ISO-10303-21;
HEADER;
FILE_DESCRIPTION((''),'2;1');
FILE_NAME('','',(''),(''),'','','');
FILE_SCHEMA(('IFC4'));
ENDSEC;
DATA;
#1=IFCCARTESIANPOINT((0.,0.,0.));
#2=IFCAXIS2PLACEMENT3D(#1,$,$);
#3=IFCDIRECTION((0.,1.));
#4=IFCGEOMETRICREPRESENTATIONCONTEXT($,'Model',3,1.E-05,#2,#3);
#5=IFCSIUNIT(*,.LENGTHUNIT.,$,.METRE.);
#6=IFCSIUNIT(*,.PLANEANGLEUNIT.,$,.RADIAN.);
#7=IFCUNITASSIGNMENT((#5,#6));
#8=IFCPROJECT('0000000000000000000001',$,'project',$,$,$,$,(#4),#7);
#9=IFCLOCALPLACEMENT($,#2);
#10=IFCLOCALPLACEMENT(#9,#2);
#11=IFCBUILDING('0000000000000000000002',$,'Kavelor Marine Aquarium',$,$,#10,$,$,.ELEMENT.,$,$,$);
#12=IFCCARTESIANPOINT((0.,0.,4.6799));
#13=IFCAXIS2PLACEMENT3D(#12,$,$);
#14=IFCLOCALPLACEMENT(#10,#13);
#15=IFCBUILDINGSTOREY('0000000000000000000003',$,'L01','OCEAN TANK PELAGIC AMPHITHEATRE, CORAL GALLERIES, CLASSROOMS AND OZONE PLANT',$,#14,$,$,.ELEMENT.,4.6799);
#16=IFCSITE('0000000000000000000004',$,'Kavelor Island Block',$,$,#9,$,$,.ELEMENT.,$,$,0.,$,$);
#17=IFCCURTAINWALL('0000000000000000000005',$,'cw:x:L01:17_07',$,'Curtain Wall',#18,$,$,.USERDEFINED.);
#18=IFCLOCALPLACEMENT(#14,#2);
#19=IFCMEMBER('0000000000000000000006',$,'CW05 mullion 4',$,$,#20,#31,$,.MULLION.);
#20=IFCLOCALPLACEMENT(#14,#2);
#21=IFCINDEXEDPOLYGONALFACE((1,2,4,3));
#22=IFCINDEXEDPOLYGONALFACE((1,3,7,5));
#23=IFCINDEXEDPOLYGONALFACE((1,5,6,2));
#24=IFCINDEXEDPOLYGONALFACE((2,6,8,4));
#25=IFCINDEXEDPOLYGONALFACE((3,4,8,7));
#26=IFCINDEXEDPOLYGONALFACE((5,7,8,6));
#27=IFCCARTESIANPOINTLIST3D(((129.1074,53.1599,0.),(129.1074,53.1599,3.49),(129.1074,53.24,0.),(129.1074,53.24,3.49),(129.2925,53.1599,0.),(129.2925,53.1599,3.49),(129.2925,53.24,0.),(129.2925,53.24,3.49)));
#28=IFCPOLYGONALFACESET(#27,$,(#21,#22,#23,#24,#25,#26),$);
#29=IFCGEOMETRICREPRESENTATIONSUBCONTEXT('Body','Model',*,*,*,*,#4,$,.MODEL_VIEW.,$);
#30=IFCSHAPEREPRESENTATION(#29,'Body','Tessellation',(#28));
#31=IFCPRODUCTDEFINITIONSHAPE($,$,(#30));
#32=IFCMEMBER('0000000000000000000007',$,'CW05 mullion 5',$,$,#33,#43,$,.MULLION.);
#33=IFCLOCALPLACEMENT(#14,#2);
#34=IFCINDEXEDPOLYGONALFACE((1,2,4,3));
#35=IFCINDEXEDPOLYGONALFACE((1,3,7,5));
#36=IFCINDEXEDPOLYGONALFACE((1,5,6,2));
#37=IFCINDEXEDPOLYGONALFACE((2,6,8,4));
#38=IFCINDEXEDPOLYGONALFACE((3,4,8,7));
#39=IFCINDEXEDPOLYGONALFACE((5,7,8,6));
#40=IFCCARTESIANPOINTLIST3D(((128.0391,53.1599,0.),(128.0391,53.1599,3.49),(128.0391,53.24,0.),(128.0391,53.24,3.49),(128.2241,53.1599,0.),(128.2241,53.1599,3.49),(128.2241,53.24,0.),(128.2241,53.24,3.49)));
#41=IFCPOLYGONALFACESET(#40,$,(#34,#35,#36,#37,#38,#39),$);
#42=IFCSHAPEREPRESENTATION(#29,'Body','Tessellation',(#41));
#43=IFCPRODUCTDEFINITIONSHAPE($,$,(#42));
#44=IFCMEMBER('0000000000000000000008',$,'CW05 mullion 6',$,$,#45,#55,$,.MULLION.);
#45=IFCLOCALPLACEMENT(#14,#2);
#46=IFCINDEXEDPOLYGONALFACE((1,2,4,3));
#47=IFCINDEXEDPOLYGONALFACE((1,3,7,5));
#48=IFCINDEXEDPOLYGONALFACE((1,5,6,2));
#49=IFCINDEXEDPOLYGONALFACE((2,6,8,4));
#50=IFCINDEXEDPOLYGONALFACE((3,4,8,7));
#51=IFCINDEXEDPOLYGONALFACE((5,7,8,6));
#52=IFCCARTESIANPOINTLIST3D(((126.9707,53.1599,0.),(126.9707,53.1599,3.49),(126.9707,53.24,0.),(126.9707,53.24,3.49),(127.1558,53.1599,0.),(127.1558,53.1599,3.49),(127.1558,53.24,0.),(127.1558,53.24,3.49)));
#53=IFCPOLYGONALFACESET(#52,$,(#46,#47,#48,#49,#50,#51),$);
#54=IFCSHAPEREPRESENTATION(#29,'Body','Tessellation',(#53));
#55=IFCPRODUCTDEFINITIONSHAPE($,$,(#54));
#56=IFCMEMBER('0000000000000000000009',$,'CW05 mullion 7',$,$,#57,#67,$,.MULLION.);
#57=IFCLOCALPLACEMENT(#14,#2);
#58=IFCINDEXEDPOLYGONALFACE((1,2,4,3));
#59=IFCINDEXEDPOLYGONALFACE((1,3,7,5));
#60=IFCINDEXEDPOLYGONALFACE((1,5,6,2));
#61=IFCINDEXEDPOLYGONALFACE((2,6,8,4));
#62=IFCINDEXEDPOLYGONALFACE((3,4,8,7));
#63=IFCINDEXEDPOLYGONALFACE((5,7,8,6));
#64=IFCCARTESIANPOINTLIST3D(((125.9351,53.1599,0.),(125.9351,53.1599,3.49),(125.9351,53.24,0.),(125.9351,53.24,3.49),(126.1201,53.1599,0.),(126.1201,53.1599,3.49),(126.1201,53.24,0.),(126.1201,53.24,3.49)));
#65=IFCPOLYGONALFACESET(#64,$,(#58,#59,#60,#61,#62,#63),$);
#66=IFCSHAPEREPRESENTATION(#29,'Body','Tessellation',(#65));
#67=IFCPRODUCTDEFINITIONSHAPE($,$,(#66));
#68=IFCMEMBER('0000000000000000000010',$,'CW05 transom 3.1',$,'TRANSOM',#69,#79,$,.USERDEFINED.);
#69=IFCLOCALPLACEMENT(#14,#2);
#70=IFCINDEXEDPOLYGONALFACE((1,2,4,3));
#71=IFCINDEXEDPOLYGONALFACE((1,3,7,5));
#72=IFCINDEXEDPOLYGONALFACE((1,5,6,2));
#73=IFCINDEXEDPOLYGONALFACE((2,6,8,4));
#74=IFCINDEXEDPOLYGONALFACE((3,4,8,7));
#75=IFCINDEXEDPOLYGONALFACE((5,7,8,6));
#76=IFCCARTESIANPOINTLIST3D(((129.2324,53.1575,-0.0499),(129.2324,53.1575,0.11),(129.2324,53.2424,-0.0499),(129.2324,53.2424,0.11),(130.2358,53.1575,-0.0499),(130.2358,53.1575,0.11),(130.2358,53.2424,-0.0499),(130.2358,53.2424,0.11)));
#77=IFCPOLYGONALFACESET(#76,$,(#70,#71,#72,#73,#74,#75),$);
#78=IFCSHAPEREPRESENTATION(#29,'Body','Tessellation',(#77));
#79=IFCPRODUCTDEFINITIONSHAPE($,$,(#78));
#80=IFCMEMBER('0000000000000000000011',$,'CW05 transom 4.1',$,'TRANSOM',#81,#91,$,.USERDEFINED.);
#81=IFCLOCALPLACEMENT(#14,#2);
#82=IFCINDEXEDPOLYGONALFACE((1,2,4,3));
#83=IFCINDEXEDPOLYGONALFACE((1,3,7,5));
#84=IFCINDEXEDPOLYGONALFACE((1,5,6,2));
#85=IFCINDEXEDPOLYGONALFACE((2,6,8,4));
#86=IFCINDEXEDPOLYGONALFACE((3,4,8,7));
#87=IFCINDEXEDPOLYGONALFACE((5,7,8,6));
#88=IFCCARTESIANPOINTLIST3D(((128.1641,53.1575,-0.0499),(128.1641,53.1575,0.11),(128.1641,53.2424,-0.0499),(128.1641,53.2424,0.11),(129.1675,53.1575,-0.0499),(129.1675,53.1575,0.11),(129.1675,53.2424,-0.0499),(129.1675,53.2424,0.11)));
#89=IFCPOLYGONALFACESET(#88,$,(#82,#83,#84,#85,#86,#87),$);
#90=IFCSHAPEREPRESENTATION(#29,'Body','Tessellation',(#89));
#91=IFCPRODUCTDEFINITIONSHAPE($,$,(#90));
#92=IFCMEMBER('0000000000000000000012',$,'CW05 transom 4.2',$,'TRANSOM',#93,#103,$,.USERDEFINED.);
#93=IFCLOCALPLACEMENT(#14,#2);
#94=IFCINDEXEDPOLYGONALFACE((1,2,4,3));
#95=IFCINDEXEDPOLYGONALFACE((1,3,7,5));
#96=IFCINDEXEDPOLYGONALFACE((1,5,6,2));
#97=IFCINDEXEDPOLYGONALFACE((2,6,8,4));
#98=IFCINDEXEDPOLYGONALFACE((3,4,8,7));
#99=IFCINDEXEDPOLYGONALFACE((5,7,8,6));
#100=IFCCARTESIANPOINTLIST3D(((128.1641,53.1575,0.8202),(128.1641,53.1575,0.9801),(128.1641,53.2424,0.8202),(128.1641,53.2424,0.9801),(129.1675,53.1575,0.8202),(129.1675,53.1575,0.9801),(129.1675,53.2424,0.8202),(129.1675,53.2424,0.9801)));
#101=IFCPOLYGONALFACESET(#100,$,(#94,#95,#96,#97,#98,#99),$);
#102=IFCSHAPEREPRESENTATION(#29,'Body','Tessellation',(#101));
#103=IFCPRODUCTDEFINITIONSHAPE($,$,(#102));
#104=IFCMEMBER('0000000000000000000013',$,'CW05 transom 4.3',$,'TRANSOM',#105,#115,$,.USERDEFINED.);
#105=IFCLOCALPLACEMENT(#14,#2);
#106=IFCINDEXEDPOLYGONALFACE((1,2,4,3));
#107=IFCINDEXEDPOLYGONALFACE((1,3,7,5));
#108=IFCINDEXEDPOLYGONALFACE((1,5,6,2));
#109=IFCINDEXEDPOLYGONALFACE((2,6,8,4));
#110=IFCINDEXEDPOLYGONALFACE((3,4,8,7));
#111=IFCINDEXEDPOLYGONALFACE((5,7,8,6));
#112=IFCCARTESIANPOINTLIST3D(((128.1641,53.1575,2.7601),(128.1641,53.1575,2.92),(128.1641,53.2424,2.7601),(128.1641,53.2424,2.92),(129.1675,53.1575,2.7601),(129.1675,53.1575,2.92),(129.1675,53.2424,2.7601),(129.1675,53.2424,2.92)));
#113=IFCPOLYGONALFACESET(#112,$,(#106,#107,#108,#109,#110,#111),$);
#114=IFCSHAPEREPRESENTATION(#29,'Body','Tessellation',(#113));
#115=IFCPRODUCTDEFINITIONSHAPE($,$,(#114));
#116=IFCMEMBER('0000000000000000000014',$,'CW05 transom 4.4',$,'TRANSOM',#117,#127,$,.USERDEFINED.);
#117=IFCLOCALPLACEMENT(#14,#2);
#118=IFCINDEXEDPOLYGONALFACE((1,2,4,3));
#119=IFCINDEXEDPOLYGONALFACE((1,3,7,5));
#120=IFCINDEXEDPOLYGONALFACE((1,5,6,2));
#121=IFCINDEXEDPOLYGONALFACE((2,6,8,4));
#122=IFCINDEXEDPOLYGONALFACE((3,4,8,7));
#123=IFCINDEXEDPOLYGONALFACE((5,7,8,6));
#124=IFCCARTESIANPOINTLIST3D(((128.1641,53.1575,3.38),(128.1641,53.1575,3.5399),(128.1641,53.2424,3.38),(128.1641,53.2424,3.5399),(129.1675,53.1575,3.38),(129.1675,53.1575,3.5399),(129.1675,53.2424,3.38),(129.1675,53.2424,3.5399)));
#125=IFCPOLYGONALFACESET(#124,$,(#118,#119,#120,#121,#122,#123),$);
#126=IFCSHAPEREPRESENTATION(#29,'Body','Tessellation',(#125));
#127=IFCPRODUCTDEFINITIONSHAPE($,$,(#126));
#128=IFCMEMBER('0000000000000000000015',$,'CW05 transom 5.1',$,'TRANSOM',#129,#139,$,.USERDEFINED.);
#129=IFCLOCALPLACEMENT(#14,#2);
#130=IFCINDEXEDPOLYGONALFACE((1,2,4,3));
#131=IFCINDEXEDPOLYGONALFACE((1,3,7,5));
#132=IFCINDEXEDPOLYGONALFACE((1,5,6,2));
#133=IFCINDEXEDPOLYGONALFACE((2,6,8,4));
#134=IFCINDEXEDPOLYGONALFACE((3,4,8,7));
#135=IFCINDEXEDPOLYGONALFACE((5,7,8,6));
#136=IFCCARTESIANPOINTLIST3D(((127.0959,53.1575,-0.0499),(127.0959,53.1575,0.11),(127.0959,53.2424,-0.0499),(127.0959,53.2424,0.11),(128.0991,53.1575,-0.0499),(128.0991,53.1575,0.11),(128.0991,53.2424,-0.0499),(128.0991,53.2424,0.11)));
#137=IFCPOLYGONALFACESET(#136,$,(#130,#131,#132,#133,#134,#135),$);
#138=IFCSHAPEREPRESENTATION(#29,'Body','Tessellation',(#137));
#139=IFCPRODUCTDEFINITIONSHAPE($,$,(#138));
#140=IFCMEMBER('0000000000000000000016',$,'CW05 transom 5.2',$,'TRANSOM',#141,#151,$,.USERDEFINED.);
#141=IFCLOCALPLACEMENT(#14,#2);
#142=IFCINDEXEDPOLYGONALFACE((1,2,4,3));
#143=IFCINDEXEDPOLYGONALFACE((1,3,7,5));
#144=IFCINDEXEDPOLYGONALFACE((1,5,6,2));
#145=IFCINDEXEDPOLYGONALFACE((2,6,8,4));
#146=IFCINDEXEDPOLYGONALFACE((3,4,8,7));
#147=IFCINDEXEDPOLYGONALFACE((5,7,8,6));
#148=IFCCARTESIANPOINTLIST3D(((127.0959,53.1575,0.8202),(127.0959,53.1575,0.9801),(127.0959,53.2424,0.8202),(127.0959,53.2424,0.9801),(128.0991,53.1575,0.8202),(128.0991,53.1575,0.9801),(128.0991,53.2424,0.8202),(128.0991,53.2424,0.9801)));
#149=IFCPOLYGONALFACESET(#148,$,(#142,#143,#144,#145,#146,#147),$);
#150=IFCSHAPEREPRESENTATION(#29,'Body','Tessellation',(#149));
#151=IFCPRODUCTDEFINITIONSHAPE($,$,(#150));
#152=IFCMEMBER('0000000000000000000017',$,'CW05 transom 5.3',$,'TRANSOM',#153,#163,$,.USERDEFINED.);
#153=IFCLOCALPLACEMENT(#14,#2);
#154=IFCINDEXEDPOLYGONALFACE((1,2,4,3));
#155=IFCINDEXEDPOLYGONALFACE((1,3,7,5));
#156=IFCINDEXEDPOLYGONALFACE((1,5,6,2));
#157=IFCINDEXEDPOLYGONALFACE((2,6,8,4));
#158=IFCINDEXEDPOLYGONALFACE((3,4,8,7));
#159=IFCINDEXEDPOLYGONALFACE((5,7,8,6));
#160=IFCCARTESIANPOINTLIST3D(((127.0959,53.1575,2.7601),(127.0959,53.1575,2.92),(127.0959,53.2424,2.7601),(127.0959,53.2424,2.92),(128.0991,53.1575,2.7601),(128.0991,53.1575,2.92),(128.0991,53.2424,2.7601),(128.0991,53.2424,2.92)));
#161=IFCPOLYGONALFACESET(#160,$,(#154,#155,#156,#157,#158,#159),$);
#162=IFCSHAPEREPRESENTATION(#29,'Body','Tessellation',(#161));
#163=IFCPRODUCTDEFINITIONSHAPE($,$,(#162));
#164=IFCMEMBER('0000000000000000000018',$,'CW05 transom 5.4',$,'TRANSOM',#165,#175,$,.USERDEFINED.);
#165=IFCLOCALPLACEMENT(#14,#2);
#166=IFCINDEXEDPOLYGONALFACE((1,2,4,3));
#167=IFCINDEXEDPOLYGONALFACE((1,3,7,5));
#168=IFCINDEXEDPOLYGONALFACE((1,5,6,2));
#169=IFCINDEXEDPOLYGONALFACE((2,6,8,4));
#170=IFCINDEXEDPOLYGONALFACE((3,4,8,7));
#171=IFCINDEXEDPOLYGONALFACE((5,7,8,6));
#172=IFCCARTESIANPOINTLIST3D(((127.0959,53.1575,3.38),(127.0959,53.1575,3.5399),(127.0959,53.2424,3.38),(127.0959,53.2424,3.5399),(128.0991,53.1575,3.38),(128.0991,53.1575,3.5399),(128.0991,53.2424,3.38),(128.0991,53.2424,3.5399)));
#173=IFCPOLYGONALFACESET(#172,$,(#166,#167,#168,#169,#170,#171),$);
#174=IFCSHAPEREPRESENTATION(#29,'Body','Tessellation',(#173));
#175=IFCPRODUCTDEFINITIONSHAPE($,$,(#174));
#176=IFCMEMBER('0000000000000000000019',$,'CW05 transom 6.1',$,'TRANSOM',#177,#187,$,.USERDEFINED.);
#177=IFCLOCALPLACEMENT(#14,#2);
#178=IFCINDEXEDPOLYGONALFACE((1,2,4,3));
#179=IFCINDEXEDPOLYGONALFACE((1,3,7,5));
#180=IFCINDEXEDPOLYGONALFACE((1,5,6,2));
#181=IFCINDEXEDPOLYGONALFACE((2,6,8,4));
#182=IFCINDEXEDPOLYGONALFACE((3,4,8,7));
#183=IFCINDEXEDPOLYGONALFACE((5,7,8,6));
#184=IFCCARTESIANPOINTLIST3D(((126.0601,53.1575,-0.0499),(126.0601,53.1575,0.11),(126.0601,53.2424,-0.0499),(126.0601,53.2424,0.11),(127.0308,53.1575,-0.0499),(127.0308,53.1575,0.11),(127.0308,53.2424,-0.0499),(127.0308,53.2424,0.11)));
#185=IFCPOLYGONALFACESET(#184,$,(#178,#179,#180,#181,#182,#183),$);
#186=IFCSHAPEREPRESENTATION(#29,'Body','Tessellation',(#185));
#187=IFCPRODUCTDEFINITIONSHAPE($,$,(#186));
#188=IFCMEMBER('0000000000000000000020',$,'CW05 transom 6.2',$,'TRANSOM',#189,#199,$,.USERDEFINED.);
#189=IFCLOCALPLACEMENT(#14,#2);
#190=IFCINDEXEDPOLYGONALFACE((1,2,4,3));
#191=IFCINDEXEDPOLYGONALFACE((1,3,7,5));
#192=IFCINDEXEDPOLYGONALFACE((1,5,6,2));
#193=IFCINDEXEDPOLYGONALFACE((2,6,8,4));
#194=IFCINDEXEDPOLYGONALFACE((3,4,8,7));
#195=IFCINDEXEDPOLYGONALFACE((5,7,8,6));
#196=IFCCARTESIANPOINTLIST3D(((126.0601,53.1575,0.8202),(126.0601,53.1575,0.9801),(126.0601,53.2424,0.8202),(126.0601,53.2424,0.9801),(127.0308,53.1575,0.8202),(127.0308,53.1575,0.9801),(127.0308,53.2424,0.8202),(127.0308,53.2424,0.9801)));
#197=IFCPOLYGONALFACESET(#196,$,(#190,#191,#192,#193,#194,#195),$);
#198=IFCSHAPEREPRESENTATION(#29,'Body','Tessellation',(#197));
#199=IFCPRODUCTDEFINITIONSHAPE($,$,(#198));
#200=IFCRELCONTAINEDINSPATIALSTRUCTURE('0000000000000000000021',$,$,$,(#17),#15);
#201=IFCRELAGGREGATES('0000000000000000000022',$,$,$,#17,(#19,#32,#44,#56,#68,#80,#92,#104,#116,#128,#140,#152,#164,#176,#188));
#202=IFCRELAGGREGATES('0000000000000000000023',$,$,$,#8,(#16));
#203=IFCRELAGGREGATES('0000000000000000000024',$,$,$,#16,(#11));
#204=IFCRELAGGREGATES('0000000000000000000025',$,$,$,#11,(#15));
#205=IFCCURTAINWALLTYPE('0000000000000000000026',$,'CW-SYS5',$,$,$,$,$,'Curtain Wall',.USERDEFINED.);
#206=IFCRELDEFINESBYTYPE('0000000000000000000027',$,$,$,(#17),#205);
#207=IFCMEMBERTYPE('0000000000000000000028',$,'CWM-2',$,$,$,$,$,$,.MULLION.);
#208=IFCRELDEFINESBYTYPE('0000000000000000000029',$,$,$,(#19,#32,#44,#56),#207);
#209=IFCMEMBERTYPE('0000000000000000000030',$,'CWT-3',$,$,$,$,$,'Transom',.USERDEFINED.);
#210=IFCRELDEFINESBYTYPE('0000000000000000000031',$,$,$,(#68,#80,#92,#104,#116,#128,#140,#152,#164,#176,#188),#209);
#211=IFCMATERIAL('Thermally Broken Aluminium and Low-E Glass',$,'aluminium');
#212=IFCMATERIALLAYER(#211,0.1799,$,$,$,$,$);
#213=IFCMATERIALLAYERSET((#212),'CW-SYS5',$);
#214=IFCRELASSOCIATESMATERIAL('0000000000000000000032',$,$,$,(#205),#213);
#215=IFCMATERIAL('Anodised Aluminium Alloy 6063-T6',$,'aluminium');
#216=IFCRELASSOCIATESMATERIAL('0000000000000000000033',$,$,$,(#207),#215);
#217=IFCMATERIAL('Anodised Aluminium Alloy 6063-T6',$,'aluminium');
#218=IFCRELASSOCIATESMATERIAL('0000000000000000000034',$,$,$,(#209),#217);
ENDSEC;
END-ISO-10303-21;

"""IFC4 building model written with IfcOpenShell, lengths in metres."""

from ifc_helpers import new_model, si_unit, direction, frame, origin, origin_2d, place, context, subcontext, project, spatial, rectangle, extrude, material, layer, layer_set, material_profile, profile_set, type_object, element, aggregate, save


model = new_model("IFC4")

# Units and contexts
model_context = context("Model", 3, precision=1e-05, world=origin(), true_north=direction((0.0, 1.0)))
body_context = subcontext(model_context, "Body", "Model", "MODEL_VIEW")
ifc_project = project(units=[si_unit("LENGTHUNIT", "METRE"), si_unit("PLANEANGLEUNIT", "RADIAN")], contexts=[model_context])

# Site, building, storey
site_placement = place(None, origin())
site = spatial("IfcSite", under=ifc_project, at=site_placement, Name="Kavelor Island Block", CompositionType="ELEMENT", RefElevation=0.0)
building_placement = place(site_placement, origin())
building = spatial("IfcBuilding", under=site, at=building_placement, Name="Kavelor Marine Aquarium", CompositionType="ELEMENT")
storey_placement = place(building_placement, frame((0.0, 0.0, 4.6799)))
storey = spatial("IfcBuildingStorey", under=building, at=storey_placement, Name="L01", Description="OCEAN TANK PELAGIC AMPHITHEATRE, CORAL GALLERIES, CLASSROOMS AND OZONE PLANT", CompositionType="ELEMENT", Elevation=4.6799)

# Curtain wall, members
ifc_material_1 = material(Name="Thermally Broken Aluminium and Low-E Glass", Category="aluminium")
ifc_layer_1 = layer(ifc_material_1, 0.1799)
ifc_layer_set_1 = layer_set([ifc_layer_1], Name="CW-SYS5")
curtain_wall_type = type_object("IfcCurtainWallType", Name="CW-SYS5", ElementType="Curtain Wall", PredefinedType="USERDEFINED", material=ifc_layer_set_1)
curtain_wall_placement = place(storey_placement, origin())
curtain_wall = element("IfcCurtainWall", 1, at=curtain_wall_placement, inside=storey, type_object=curtain_wall_type, Name="cw:x:L01:17_07", ObjectType="Curtain Wall", PredefinedType="USERDEFINED")
ifc_material_2 = material(Name="Anodised Aluminium Alloy 6063-T6", Category="aluminium")
ifc_material_profile_1 = material_profile(ifc_material_2, rectangle(XDim=0.0801, YDim=0.1851, at=origin_2d()), Name="CW-MUL 80x185")
ifc_profile_set_1 = profile_set([ifc_material_profile_1], Name="Anodised Aluminium Alloy 6063-T6")
member_type_1 = type_object("IfcMemberType", Name="CWM-2", PredefinedType="MULLION", material=ifc_profile_set_1)
member_1_placement = place(storey_placement, frame((129.2, 53.2, 0.0), z_axis=(0.0, 0.0, 1.0), x_axis=(0.0, -1.0, 0.0)))
member_1 = element("IfcMember", 2, at=member_1_placement, type_object=member_type_1, Name="CW05 mullion 4", PredefinedType="MULLION", context=body_context, shape_type="SweptSolid", body=[
    extrude(rectangle(XDim=0.0801, YDim=0.1851, at=origin_2d()), origin(), (0.0, 0.0, 1.0), 3.49),
])
member_2_placement = place(storey_placement, frame((128.1316, 53.2, 0.0), z_axis=(0.0, 0.0, 1.0), x_axis=(0.0, -1.0, 0.0)))
member_2 = element("IfcMember", 3, at=member_2_placement, type_object=member_type_1, Name="CW05 mullion 5", PredefinedType="MULLION", context=body_context, shape_type="SweptSolid", body=[
    extrude(rectangle(XDim=0.0801, YDim=0.1851, at=origin_2d()), origin(), (0.0, 0.0, 1.0), 3.49),
])
member_3_placement = place(storey_placement, frame((127.0632, 53.2, 0.0), z_axis=(0.0, 0.0, 1.0), x_axis=(0.0, -1.0, 0.0)))
member_3 = element("IfcMember", 4, at=member_3_placement, type_object=member_type_1, Name="CW05 mullion 6", PredefinedType="MULLION", context=body_context, shape_type="SweptSolid", body=[
    extrude(rectangle(XDim=0.0801, YDim=0.1851, at=origin_2d()), origin(), (0.0, 0.0, 1.0), 3.49),
])
member_4_placement = place(storey_placement, frame((126.0276, 53.2, 0.0), z_axis=(0.0, 0.0, 1.0), x_axis=(0.0, -1.0, 0.0)))
member_4 = element("IfcMember", 5, at=member_4_placement, type_object=member_type_1, Name="CW05 mullion 7", PredefinedType="MULLION", context=body_context, shape_type="SweptSolid", body=[
    extrude(rectangle(XDim=0.0801, YDim=0.1851, at=origin_2d()), origin(), (0.0, 0.0, 1.0), 3.49),
])
ifc_material_3 = material(Name="Anodised Aluminium Alloy 6063-T6", Category="aluminium")
ifc_material_profile_2 = material_profile(ifc_material_3, rectangle(XDim=0.085, YDim=0.1599, at=origin_2d()), Name="CW-TRN 85x160")
ifc_profile_set_2 = profile_set([ifc_material_profile_2], Name="Anodised Aluminium Alloy 6063-T6")
member_type_2 = type_object("IfcMemberType", Name="CWT-3", ElementType="Transom", PredefinedType="USERDEFINED", material=ifc_profile_set_2)
member_5_placement = place(storey_placement, frame((130.2358, 53.2, 0.03), z_axis=(-1.0, 0.0, 0.0), x_axis=(0.0, -1.0, 0.0)))
member_5 = element("IfcMember", 6, at=member_5_placement, type_object=member_type_2, Name="CW05 transom 3.1", ObjectType="TRANSOM", PredefinedType="USERDEFINED", context=body_context, shape_type="SweptSolid", body=[
    extrude(rectangle(XDim=0.085, YDim=0.1599, at=origin_2d()), origin(), (0.0, 0.0, 1.0), 1.0034),
])
member_6_placement = place(storey_placement, frame((129.1675, 53.2, 0.03), z_axis=(-1.0, 0.0, 0.0), x_axis=(0.0, -1.0, 0.0)))
member_6 = element("IfcMember", 7, at=member_6_placement, type_object=member_type_2, Name="CW05 transom 4.1", ObjectType="TRANSOM", PredefinedType="USERDEFINED", context=body_context, shape_type="SweptSolid", body=[
    extrude(rectangle(XDim=0.085, YDim=0.1599, at=origin_2d()), origin(), (0.0, 0.0, 1.0), 1.0034),
])
member_7_placement = place(storey_placement, frame((129.1675, 53.2, 0.9001), z_axis=(-1.0, 0.0, 0.0), x_axis=(0.0, -1.0, 0.0)))
member_7 = element("IfcMember", 8, at=member_7_placement, type_object=member_type_2, Name="CW05 transom 4.2", ObjectType="TRANSOM", PredefinedType="USERDEFINED", context=body_context, shape_type="SweptSolid", body=[
    extrude(rectangle(XDim=0.085, YDim=0.1599, at=origin_2d()), origin(), (0.0, 0.0, 1.0), 1.0034),
])
member_8_placement = place(storey_placement, frame((129.1675, 53.2, 2.8401), z_axis=(-1.0, 0.0, 0.0), x_axis=(0.0, -1.0, 0.0)))
member_8 = element("IfcMember", 9, at=member_8_placement, type_object=member_type_2, Name="CW05 transom 4.3", ObjectType="TRANSOM", PredefinedType="USERDEFINED", context=body_context, shape_type="SweptSolid", body=[
    extrude(rectangle(XDim=0.085, YDim=0.1599, at=origin_2d()), origin(), (0.0, 0.0, 1.0), 1.0034),
])
member_9_placement = place(storey_placement, frame((129.1675, 53.2, 3.46), z_axis=(-1.0, 0.0, 0.0), x_axis=(0.0, -1.0, 0.0)))
member_9 = element("IfcMember", 10, at=member_9_placement, type_object=member_type_2, Name="CW05 transom 4.4", ObjectType="TRANSOM", PredefinedType="USERDEFINED", context=body_context, shape_type="SweptSolid", body=[
    extrude(rectangle(XDim=0.085, YDim=0.1599, at=origin_2d()), origin(), (0.0, 0.0, 1.0), 1.0034),
])
member_10_placement = place(storey_placement, frame((128.0991, 53.2, 0.03), z_axis=(-1.0, 0.0, 0.0), x_axis=(0.0, -1.0, 0.0)))
member_10 = element("IfcMember", 11, at=member_10_placement, type_object=member_type_2, Name="CW05 transom 5.1", ObjectType="TRANSOM", PredefinedType="USERDEFINED", context=body_context, shape_type="SweptSolid", body=[
    extrude(rectangle(XDim=0.085, YDim=0.1599, at=origin_2d()), origin(), (0.0, 0.0, 1.0), 1.0032),
])
member_11_placement = place(storey_placement, frame((128.0991, 53.2, 0.9001), z_axis=(-1.0, 0.0, 0.0), x_axis=(0.0, -1.0, 0.0)))
member_11 = element("IfcMember", 12, at=member_11_placement, type_object=member_type_2, Name="CW05 transom 5.2", ObjectType="TRANSOM", PredefinedType="USERDEFINED", context=body_context, shape_type="SweptSolid", body=[
    extrude(rectangle(XDim=0.085, YDim=0.1599, at=origin_2d()), origin(), (0.0, 0.0, 1.0), 1.0032),
])
member_12_placement = place(storey_placement, frame((128.0991, 53.2, 2.8401), z_axis=(-1.0, 0.0, 0.0), x_axis=(0.0, -1.0, 0.0)))
member_12 = element("IfcMember", 13, at=member_12_placement, type_object=member_type_2, Name="CW05 transom 5.3", ObjectType="TRANSOM", PredefinedType="USERDEFINED", context=body_context, shape_type="SweptSolid", body=[
    extrude(rectangle(XDim=0.085, YDim=0.1599, at=origin_2d()), origin(), (0.0, 0.0, 1.0), 1.0032),
])
member_13_placement = place(storey_placement, frame((128.0991, 53.2, 3.46), z_axis=(-1.0, 0.0, 0.0), x_axis=(0.0, -1.0, 0.0)))
member_13 = element("IfcMember", 14, at=member_13_placement, type_object=member_type_2, Name="CW05 transom 5.4", ObjectType="TRANSOM", PredefinedType="USERDEFINED", context=body_context, shape_type="SweptSolid", body=[
    extrude(rectangle(XDim=0.085, YDim=0.1599, at=origin_2d()), origin(), (0.0, 0.0, 1.0), 1.0032),
])
member_14_placement = place(storey_placement, frame((127.0308, 53.2, 0.03), z_axis=(-1.0, 0.0, 0.0), x_axis=(0.0, -1.0, 0.0)))
member_14 = element("IfcMember", 15, at=member_14_placement, type_object=member_type_2, Name="CW05 transom 6.1", ObjectType="TRANSOM", PredefinedType="USERDEFINED", context=body_context, shape_type="SweptSolid", body=[
    extrude(rectangle(XDim=0.085, YDim=0.1599, at=origin_2d()), origin(), (0.0, 0.0, 1.0), 0.9707),
])
member_15_placement = place(storey_placement, frame((127.0308, 53.2, 0.9001), z_axis=(-1.0, 0.0, 0.0), x_axis=(0.0, -1.0, 0.0)))
member_15 = element("IfcMember", 16, at=member_15_placement, type_object=member_type_2, Name="CW05 transom 6.2", ObjectType="TRANSOM", PredefinedType="USERDEFINED", context=body_context, shape_type="SweptSolid", body=[
    extrude(rectangle(XDim=0.085, YDim=0.1599, at=origin_2d()), origin(), (0.0, 0.0, 1.0), 0.9707),
])
aggregate(curtain_wall, [member_1, member_2, member_3, member_4, member_5, member_6, member_7, member_8, member_9, member_10, member_11, member_12, member_13, member_14, member_15])

save(model, "model.ifc")
